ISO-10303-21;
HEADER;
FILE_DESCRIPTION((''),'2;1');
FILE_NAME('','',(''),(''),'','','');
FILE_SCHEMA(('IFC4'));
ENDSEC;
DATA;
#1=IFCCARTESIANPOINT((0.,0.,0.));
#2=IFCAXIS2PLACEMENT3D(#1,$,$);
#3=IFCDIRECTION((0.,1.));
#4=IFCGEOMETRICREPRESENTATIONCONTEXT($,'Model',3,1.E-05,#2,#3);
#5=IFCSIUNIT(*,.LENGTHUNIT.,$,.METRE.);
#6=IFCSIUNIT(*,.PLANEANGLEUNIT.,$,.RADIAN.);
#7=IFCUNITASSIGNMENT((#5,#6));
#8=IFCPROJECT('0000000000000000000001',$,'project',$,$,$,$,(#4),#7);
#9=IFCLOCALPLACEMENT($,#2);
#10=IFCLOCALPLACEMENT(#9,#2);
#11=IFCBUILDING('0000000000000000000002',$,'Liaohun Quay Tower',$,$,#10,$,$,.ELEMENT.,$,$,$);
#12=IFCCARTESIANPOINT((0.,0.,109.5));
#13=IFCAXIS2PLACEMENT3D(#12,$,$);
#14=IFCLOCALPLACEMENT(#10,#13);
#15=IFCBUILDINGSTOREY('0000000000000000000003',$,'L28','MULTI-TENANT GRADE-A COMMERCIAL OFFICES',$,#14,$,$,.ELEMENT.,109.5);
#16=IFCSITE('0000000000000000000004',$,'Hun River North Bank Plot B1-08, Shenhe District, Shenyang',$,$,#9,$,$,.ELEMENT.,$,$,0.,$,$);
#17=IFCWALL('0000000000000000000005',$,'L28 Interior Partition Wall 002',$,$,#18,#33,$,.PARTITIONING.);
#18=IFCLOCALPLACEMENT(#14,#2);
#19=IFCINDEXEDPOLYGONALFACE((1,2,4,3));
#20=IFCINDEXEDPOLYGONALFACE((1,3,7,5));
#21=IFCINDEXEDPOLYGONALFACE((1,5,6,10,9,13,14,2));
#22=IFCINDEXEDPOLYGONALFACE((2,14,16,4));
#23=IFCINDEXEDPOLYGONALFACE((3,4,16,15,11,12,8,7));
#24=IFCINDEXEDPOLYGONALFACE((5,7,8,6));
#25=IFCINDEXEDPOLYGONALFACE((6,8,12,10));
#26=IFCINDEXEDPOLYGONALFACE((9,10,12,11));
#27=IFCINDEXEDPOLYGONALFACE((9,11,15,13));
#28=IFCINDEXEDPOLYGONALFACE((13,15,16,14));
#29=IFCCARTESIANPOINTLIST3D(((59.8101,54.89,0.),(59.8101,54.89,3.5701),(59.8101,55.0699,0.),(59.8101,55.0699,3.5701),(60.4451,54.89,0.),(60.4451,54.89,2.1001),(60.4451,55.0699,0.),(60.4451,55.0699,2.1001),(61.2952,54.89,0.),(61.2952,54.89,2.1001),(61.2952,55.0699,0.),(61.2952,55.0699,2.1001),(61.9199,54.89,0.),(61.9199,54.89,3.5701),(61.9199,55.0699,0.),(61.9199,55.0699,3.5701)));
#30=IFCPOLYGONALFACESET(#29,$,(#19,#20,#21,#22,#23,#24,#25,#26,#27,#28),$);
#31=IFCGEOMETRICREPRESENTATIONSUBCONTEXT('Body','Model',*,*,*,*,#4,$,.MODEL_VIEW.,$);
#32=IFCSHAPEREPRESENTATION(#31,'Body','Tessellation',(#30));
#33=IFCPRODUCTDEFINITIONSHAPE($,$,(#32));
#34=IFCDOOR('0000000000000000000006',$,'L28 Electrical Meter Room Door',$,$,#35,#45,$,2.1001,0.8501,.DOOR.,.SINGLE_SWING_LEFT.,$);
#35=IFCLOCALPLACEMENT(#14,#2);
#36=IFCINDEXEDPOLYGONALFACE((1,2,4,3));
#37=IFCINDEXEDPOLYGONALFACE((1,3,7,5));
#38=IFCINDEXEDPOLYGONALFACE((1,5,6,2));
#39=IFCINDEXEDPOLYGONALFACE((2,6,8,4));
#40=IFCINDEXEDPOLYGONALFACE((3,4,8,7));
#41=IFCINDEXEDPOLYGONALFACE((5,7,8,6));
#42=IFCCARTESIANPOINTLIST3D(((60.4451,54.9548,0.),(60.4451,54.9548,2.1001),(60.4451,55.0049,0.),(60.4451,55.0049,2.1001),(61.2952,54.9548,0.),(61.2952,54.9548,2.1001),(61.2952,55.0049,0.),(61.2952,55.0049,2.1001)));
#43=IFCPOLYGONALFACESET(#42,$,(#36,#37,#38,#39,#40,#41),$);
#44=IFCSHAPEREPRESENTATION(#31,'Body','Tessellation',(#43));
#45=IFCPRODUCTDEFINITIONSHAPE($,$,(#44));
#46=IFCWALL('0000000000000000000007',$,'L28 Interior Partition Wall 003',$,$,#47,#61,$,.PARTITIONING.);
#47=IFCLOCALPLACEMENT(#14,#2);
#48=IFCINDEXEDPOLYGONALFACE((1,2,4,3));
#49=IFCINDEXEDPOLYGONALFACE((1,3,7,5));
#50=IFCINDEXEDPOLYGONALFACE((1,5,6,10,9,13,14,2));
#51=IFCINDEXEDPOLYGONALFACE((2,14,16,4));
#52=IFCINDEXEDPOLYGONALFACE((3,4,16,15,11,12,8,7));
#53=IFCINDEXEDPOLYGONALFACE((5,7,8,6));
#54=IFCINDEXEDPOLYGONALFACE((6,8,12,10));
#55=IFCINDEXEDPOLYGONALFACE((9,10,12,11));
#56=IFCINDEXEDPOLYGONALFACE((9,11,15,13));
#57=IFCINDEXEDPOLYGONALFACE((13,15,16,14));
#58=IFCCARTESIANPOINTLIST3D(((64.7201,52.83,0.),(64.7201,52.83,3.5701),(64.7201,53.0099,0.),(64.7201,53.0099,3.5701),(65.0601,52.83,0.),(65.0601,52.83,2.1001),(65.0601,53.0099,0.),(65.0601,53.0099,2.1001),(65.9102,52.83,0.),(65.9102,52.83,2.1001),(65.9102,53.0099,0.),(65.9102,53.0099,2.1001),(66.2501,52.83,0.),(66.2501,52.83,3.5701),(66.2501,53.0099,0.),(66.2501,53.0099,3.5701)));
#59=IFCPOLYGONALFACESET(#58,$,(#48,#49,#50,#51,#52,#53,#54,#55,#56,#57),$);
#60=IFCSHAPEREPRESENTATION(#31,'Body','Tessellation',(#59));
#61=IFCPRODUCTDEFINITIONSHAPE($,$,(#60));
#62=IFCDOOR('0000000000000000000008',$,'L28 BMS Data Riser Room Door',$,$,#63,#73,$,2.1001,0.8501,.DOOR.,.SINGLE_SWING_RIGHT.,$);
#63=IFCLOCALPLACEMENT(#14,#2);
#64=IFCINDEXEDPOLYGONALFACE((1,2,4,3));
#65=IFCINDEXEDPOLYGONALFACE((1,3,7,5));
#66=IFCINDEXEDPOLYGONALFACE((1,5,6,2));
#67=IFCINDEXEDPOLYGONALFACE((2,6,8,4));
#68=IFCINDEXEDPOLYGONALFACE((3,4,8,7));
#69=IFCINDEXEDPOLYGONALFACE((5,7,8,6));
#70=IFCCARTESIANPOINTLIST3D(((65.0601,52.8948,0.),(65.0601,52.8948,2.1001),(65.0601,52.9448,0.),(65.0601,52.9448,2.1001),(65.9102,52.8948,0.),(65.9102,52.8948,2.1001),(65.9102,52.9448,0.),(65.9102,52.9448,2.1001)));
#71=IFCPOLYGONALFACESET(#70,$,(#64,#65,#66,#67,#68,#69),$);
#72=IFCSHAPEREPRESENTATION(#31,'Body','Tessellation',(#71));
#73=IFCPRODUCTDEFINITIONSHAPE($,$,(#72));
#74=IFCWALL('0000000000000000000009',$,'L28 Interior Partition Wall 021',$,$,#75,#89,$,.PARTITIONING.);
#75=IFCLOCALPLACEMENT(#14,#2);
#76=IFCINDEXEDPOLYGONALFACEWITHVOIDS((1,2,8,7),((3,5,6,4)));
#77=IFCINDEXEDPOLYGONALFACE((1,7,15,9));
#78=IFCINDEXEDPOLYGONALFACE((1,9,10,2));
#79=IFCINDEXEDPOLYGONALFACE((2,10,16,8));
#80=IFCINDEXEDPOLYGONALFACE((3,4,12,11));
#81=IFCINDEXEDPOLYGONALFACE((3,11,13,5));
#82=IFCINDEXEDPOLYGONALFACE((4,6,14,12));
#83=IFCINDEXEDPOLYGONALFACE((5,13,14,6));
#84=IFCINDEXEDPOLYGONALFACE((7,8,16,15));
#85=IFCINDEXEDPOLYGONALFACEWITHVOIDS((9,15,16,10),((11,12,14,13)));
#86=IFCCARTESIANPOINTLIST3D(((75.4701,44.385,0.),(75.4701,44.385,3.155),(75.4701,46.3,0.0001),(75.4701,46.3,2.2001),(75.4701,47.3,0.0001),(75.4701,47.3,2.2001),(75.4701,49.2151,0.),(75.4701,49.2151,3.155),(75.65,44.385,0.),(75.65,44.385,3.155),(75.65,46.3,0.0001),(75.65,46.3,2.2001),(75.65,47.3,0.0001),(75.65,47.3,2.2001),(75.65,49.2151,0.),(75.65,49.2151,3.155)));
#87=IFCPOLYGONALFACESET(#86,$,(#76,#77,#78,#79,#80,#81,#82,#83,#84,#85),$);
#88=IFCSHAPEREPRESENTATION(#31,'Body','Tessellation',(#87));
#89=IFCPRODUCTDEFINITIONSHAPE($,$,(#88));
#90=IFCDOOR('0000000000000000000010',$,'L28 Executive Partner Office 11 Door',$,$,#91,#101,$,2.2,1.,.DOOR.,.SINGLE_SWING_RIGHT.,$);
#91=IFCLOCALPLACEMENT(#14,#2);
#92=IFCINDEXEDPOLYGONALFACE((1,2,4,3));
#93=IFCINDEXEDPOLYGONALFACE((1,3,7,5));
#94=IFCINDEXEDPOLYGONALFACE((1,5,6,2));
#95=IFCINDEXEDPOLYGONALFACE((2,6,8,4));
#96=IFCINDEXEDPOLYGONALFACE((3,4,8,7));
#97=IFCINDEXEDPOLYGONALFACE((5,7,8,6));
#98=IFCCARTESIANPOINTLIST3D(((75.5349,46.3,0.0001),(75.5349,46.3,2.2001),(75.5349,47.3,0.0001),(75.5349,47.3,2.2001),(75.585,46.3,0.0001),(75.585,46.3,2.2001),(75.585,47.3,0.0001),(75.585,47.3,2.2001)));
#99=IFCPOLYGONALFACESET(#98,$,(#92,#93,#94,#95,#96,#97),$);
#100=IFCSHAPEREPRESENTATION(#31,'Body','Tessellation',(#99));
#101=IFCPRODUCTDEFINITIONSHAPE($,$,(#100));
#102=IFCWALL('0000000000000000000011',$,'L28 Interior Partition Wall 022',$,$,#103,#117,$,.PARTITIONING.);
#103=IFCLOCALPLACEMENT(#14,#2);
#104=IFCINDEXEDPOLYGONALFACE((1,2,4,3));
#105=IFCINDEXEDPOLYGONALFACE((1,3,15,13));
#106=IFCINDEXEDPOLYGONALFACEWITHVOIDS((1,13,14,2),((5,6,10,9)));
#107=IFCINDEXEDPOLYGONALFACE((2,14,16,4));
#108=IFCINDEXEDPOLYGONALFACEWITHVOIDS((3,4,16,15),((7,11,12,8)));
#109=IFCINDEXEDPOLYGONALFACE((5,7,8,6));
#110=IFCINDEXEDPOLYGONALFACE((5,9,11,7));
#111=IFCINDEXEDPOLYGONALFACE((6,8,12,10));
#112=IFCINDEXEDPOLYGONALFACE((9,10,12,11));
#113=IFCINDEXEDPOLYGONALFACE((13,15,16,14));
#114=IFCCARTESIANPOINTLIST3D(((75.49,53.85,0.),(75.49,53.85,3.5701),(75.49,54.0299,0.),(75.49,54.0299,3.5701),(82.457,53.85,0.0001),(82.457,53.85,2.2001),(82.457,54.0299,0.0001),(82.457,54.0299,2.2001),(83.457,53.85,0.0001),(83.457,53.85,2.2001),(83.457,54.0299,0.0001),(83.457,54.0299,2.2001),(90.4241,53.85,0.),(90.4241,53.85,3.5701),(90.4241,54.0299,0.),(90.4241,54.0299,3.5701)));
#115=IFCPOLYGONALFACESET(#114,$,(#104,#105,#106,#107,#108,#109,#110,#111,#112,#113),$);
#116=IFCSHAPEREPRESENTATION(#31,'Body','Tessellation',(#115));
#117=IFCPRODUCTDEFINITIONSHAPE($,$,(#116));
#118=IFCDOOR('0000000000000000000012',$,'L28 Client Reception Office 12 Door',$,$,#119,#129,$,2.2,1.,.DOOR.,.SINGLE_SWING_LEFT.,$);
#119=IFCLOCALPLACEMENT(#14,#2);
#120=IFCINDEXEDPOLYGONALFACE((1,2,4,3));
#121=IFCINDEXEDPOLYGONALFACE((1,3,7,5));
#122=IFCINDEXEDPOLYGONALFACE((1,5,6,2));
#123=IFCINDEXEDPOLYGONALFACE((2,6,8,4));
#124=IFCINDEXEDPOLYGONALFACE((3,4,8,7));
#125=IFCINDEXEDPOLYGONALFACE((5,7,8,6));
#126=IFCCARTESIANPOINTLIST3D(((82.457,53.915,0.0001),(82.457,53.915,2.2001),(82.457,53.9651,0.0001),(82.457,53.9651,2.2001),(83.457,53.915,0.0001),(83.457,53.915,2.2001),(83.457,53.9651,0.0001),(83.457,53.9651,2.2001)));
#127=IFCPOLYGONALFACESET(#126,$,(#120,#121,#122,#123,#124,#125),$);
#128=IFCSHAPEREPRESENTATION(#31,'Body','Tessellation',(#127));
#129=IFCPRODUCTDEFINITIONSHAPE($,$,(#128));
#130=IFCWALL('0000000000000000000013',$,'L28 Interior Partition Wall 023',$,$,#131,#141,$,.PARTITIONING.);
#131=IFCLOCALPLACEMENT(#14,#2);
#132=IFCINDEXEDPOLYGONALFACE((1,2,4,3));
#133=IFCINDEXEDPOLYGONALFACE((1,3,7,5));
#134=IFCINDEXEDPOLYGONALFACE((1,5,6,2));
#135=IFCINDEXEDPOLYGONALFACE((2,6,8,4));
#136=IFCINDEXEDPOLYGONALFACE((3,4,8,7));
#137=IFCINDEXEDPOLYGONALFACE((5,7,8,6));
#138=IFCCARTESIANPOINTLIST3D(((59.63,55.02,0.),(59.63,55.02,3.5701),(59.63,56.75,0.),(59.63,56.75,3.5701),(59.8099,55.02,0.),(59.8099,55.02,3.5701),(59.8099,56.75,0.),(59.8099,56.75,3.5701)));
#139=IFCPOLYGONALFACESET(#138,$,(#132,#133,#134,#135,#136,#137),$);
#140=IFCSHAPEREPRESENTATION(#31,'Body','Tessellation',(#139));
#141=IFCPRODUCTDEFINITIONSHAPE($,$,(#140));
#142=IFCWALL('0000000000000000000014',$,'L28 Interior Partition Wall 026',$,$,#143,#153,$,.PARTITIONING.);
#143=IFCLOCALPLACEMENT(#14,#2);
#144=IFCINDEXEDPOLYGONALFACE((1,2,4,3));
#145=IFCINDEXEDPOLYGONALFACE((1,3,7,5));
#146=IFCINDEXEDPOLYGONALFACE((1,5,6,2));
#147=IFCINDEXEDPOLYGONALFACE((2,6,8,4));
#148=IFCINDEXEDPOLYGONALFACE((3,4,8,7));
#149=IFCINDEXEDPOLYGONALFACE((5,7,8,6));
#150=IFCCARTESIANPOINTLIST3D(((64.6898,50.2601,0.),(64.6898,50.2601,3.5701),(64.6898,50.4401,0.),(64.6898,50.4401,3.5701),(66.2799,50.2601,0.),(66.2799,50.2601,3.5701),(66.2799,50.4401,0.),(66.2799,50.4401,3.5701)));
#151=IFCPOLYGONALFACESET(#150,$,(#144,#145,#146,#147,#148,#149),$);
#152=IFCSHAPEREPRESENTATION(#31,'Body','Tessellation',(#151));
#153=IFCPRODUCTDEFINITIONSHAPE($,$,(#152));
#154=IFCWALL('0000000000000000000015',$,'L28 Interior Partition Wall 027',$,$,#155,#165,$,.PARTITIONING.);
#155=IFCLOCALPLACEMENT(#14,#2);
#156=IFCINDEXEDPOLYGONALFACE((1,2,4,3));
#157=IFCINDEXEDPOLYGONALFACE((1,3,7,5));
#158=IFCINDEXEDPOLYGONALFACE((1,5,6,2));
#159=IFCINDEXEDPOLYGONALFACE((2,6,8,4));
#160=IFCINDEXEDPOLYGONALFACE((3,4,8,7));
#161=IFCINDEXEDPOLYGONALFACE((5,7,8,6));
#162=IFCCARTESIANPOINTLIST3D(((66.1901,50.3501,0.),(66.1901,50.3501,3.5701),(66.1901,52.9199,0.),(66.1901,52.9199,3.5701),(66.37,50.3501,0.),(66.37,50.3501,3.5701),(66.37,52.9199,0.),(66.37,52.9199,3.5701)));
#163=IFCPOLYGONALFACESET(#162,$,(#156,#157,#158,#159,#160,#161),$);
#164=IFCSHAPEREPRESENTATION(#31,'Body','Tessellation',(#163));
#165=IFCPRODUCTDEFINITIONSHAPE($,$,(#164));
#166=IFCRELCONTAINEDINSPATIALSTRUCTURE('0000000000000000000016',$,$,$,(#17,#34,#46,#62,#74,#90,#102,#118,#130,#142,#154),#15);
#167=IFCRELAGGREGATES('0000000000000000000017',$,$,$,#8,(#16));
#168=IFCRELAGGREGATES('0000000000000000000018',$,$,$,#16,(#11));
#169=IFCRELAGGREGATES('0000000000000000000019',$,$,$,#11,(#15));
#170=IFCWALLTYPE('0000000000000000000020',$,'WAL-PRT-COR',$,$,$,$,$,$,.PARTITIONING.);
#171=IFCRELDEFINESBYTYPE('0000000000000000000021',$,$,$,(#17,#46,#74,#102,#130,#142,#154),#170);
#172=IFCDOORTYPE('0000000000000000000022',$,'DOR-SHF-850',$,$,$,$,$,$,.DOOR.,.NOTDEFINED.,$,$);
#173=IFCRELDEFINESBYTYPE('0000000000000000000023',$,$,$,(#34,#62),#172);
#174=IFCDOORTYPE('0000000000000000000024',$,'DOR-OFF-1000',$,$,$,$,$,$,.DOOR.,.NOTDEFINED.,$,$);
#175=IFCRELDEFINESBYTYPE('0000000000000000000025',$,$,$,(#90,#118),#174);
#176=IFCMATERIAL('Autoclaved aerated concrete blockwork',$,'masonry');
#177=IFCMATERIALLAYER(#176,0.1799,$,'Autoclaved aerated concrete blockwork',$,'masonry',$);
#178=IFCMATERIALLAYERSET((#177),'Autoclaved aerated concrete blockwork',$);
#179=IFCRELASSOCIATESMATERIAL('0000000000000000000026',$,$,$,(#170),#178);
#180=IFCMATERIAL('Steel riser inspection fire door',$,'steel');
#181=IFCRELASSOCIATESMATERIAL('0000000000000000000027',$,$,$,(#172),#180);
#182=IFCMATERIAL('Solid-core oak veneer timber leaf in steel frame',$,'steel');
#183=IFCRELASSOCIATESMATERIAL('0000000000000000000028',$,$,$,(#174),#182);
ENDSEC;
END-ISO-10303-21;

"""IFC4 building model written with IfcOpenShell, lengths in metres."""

from ifc_helpers import new_model, si_unit, direction, frame, frame_2d, origin, place, context, subcontext, project, spatial, rectangle, extrude, source, transform, mapped, material, layer, layer_set, type_object, element, fill, save


model = new_model("IFC4")

# Units and contexts
model_context = context("Model", 3, precision=1e-05, world=origin(), true_north=direction((0.0, 1.0)))
body_context = subcontext(model_context, "Body", "Model", "MODEL_VIEW")
ifc_project = project(units=[si_unit("LENGTHUNIT", "METRE"), si_unit("PLANEANGLEUNIT", "RADIAN")], contexts=[model_context])

# Site, building, storey
site_placement = place(None, origin())
site = spatial("IfcSite", under=ifc_project, at=site_placement, Name="Hun River North Bank Plot B1-08, Shenhe District, Shenyang", CompositionType="ELEMENT", RefElevation=0.0)
building_placement = place(site_placement, origin())
building = spatial("IfcBuilding", under=site, at=building_placement, Name="Liaohun Quay Tower", CompositionType="ELEMENT")
storey_placement = place(building_placement, frame((0.0, 0.0, 109.5)))
storey = spatial("IfcBuildingStorey", under=building, at=storey_placement, Name="L28", Description="MULTI-TENANT GRADE-A COMMERCIAL OFFICES", CompositionType="ELEMENT", Elevation=109.5)

# Walls, openings, doors
ifc_material_1 = material(Name="Autoclaved aerated concrete blockwork", Category="masonry")
ifc_layer_1 = layer(ifc_material_1, 0.1799, Name="Autoclaved aerated concrete blockwork", Category="masonry")
ifc_layer_set_1 = layer_set([ifc_layer_1], Name="Autoclaved aerated concrete blockwork")
wall_type_1 = type_object("IfcWallType", Name="WAL-PRT-COR", PredefinedType="PARTITIONING", material=ifc_layer_set_1)
wall_1_placement = place(storey_placement, frame((59.8101, 54.98, 0.0), z_axis=(0.0, 0.0, 1.0), x_axis=(1.0, 0.0, 0.0)))
wall_1 = element("IfcWall", 1, at=wall_1_placement, inside=storey, type_object=wall_type_1, Name="L28 Interior Partition Wall 002", PredefinedType="PARTITIONING", context=body_context, shape_type="SweptSolid", body=[
    extrude(rectangle(XDim=2.1099, YDim=0.1799, at=frame_2d((1.0549, 0.0))), origin(), (0.0, 0.0, 1.0), 3.5701),
])
shared_shape_1 = source(origin(), body_context, "Body", "SweptSolid", [
    extrude(rectangle(XDim=0.8501, YDim=2.1001, at=frame_2d((0.425, 1.05))), frame((0.0, 0.0999, 0.0), z_axis=(0.0, -1.0, 0.0), x_axis=(1.0, 0.0, 0.0)), (0.0, 0.0, 1.0), 0.2),
])
opening_1_placement = place(wall_1_placement, frame((0.635, 0.0, 0.0)))
opening_1 = element("IfcOpeningElement", 2, at=opening_1_placement, cuts=wall_1, PredefinedType="OPENING", context=body_context, shape_type="MappedRepresentation", body=[
    mapped(shared_shape_1, transform((0.0, 0.0, 0.0), x_axis=(1.0, 0.0, 0.0), y_axis=(0.0, 1.0, 0.0), z_axis=(0.0, 0.0, 1.0), scale=1.0)),
])
ifc_material_2 = material(Name="Steel riser inspection fire door", Category="steel")
door_type_1 = type_object("IfcDoorType", Name="DOR-SHF-850", OperationType="NOTDEFINED", PredefinedType="DOOR", material=ifc_material_2)
shared_shape_2 = source(origin(), body_context, "Body", "SweptSolid", [
    extrude(rectangle(XDim=0.8501, YDim=2.1001, at=frame_2d((0.425, 1.05))), frame((0.0, 0.0249, 0.0), z_axis=(0.0, -1.0, 0.0), x_axis=(1.0, 0.0, 0.0)), (0.0, 0.0, 1.0), 0.05),
])
door_1_placement = place(opening_1_placement, origin())
door_1 = element("IfcDoor", 3, at=door_1_placement, inside=storey, type_object=door_type_1, Name="L28 Electrical Meter Room Door", OperationType="SINGLE_SWING_LEFT", OverallHeight=2.1001, OverallWidth=0.8501, PredefinedType="DOOR", context=body_context, shape_type="MappedRepresentation", body=[
    mapped(shared_shape_2, transform((0.0, 0.0, 0.0), x_axis=(1.0, 0.0, 0.0), y_axis=(0.0, 1.0, 0.0), z_axis=(0.0, 0.0, 1.0), scale=1.0)),
])
fill(opening_1, door_1)
wall_2_placement = place(storey_placement, frame((64.72, 52.9199, 0.0), z_axis=(0.0, 0.0, 1.0), x_axis=(1.0, 0.0, 0.0)))
wall_2 = element("IfcWall", 4, at=wall_2_placement, inside=storey, type_object=wall_type_1, Name="L28 Interior Partition Wall 003", PredefinedType="PARTITIONING", context=body_context, shape_type="SweptSolid", body=[
    extrude(rectangle(XDim=1.53, YDim=0.1799, at=frame_2d((0.7651, 0.0))), origin(), (0.0, 0.0, 1.0), 3.5701),
])
opening_2_placement = place(wall_2_placement, frame((0.3401, 0.0, 0.0)))
opening_2 = element("IfcOpeningElement", 5, at=opening_2_placement, cuts=wall_2, PredefinedType="OPENING", context=body_context, shape_type="MappedRepresentation", body=[
    mapped(shared_shape_1, transform((0.0, 0.0, 0.0), x_axis=(1.0, 0.0, 0.0), y_axis=(0.0, 1.0, 0.0), z_axis=(0.0, 0.0, 1.0), scale=1.0)),
])
door_2_placement = place(opening_2_placement, origin())
door_2 = element("IfcDoor", 6, at=door_2_placement, inside=storey, type_object=door_type_1, Name="L28 BMS Data Riser Room Door", OperationType="SINGLE_SWING_RIGHT", OverallHeight=2.1001, OverallWidth=0.8501, PredefinedType="DOOR", context=body_context, shape_type="MappedRepresentation", body=[
    mapped(shared_shape_2, transform((0.0, 0.0, 0.0), x_axis=(1.0, 0.0, 0.0), y_axis=(0.0, 1.0, 0.0), z_axis=(0.0, 0.0, 1.0), scale=1.0)),
])
fill(opening_2, door_2)
wall_3_placement = place(storey_placement, frame((75.5601, 49.2151, 0.0), z_axis=(0.0, 0.0, 1.0), x_axis=(0.0, -1.0, 0.0)))
wall_3 = element("IfcWall", 7, at=wall_3_placement, inside=storey, type_object=wall_type_1, Name="L28 Interior Partition Wall 021", PredefinedType="PARTITIONING", context=body_context, shape_type="SweptSolid", body=[
    extrude(rectangle(XDim=4.8301, YDim=0.1799, at=frame_2d((2.415, 0.0))), origin(), (0.0, 0.0, 1.0), 3.155),
])
shared_shape_3 = source(origin(), body_context, "Body", "SweptSolid", [
    extrude(rectangle(XDim=1.0, YDim=2.2, at=frame_2d((0.5, 1.1001))), frame((0.0, 0.0999, 0.0), z_axis=(0.0, -1.0, 0.0), x_axis=(1.0, 0.0, 0.0)), (0.0, 0.0, 1.0), 0.2),
])
opening_3_placement = place(wall_3_placement, frame((1.915, 0.0, 0.0)))
opening_3 = element("IfcOpeningElement", 8, at=opening_3_placement, cuts=wall_3, PredefinedType="OPENING", context=body_context, shape_type="MappedRepresentation", body=[
    mapped(shared_shape_3, transform((0.0, 0.0, 0.0), x_axis=(1.0, 0.0, 0.0), y_axis=(0.0, 1.0, 0.0), z_axis=(0.0, 0.0, 1.0), scale=1.0)),
])
ifc_material_3 = material(Name="Solid-core oak veneer timber leaf in steel frame", Category="steel")
door_type_2 = type_object("IfcDoorType", Name="DOR-OFF-1000", OperationType="NOTDEFINED", PredefinedType="DOOR", material=ifc_material_3)
shared_shape_4 = source(origin(), body_context, "Body", "SweptSolid", [
    extrude(rectangle(XDim=1.0, YDim=2.2, at=frame_2d((0.5, 1.1001))), frame((0.0, 0.0249, 0.0), z_axis=(0.0, -1.0, 0.0), x_axis=(1.0, 0.0, 0.0)), (0.0, 0.0, 1.0), 0.05),
])
door_3_placement = place(opening_3_placement, origin())
door_3 = element("IfcDoor", 9, at=door_3_placement, inside=storey, type_object=door_type_2, Name="L28 Executive Partner Office 11 Door", OperationType="SINGLE_SWING_RIGHT", OverallHeight=2.2, OverallWidth=1.0, PredefinedType="DOOR", context=body_context, shape_type="MappedRepresentation", body=[
    mapped(shared_shape_4, transform((0.0, 0.0, 0.0), x_axis=(1.0, 0.0, 0.0), y_axis=(0.0, 1.0, 0.0), z_axis=(0.0, 0.0, 1.0), scale=1.0)),
])
fill(opening_3, door_3)
wall_4_placement = place(storey_placement, frame((90.4241, 53.9399, 0.0), z_axis=(0.0, 0.0, 1.0), x_axis=(-1.0, 0.0, 0.0)))
wall_4 = element("IfcWall", 10, at=wall_4_placement, inside=storey, type_object=wall_type_1, Name="L28 Interior Partition Wall 022", PredefinedType="PARTITIONING", context=body_context, shape_type="SweptSolid", body=[
    extrude(rectangle(XDim=14.9341, YDim=0.1799, at=frame_2d((7.467, 0.0))), origin(), (0.0, 0.0, 1.0), 3.5701),
])
opening_4_placement = place(wall_4_placement, frame((6.967, 0.0, 0.0)))
opening_4 = element("IfcOpeningElement", 11, at=opening_4_placement, cuts=wall_4, PredefinedType="OPENING", context=body_context, shape_type="MappedRepresentation", body=[
    mapped(shared_shape_3, transform((0.0, 0.0, 0.0), x_axis=(1.0, 0.0, 0.0), y_axis=(0.0, 1.0, 0.0), z_axis=(0.0, 0.0, 1.0), scale=1.0)),
])
door_4_placement = place(opening_4_placement, origin())
door_4 = element("IfcDoor", 12, at=door_4_placement, inside=storey, type_object=door_type_2, Name="L28 Client Reception Office 12 Door", OperationType="SINGLE_SWING_LEFT", OverallHeight=2.2, OverallWidth=1.0, PredefinedType="DOOR", context=body_context, shape_type="MappedRepresentation", body=[
    mapped(shared_shape_4, transform((0.0, 0.0, 0.0), x_axis=(1.0, 0.0, 0.0), y_axis=(0.0, 1.0, 0.0), z_axis=(0.0, 0.0, 1.0), scale=1.0)),
])
fill(opening_4, door_4)

# Walls
wall_5_placement = place(storey_placement, frame((59.72, 55.02, 0.0), z_axis=(0.0, 0.0, 1.0), x_axis=(0.0, 1.0, 0.0)))
element("IfcWall", 13, at=wall_5_placement, inside=storey, type_object=wall_type_1, Name="L28 Interior Partition Wall 023", PredefinedType="PARTITIONING", context=body_context, shape_type="SweptSolid", body=[
    extrude(rectangle(XDim=1.73, YDim=0.1799, at=frame_2d((0.865, 0.0))), origin(), (0.0, 0.0, 1.0), 3.5701),
])
wall_6_placement = place(storey_placement, frame((64.6899, 50.3501, 0.0), z_axis=(0.0, 0.0, 1.0), x_axis=(1.0, 0.0, 0.0)))
element("IfcWall", 14, at=wall_6_placement, inside=storey, type_object=wall_type_1, Name="L28 Interior Partition Wall 026", PredefinedType="PARTITIONING", context=body_context, shape_type="SweptSolid", body=[
    extrude(rectangle(XDim=1.5901, YDim=0.1799, at=frame_2d((0.7949, 0.0))), origin(), (0.0, 0.0, 1.0), 3.5701),
])
wall_7_placement = place(storey_placement, frame((66.28, 50.3501, 0.0), z_axis=(0.0, 0.0, 1.0), x_axis=(0.0, 1.0, 0.0)))
element("IfcWall", 15, at=wall_7_placement, inside=storey, type_object=wall_type_1, Name="L28 Interior Partition Wall 027", PredefinedType="PARTITIONING", context=body_context, shape_type="SweptSolid", body=[
    extrude(rectangle(XDim=2.5698, YDim=0.1799, at=frame_2d((1.2849, 0.0))), origin(), (0.0, 0.0, 1.0), 3.5701),
])

save(model, "model.ifc")
